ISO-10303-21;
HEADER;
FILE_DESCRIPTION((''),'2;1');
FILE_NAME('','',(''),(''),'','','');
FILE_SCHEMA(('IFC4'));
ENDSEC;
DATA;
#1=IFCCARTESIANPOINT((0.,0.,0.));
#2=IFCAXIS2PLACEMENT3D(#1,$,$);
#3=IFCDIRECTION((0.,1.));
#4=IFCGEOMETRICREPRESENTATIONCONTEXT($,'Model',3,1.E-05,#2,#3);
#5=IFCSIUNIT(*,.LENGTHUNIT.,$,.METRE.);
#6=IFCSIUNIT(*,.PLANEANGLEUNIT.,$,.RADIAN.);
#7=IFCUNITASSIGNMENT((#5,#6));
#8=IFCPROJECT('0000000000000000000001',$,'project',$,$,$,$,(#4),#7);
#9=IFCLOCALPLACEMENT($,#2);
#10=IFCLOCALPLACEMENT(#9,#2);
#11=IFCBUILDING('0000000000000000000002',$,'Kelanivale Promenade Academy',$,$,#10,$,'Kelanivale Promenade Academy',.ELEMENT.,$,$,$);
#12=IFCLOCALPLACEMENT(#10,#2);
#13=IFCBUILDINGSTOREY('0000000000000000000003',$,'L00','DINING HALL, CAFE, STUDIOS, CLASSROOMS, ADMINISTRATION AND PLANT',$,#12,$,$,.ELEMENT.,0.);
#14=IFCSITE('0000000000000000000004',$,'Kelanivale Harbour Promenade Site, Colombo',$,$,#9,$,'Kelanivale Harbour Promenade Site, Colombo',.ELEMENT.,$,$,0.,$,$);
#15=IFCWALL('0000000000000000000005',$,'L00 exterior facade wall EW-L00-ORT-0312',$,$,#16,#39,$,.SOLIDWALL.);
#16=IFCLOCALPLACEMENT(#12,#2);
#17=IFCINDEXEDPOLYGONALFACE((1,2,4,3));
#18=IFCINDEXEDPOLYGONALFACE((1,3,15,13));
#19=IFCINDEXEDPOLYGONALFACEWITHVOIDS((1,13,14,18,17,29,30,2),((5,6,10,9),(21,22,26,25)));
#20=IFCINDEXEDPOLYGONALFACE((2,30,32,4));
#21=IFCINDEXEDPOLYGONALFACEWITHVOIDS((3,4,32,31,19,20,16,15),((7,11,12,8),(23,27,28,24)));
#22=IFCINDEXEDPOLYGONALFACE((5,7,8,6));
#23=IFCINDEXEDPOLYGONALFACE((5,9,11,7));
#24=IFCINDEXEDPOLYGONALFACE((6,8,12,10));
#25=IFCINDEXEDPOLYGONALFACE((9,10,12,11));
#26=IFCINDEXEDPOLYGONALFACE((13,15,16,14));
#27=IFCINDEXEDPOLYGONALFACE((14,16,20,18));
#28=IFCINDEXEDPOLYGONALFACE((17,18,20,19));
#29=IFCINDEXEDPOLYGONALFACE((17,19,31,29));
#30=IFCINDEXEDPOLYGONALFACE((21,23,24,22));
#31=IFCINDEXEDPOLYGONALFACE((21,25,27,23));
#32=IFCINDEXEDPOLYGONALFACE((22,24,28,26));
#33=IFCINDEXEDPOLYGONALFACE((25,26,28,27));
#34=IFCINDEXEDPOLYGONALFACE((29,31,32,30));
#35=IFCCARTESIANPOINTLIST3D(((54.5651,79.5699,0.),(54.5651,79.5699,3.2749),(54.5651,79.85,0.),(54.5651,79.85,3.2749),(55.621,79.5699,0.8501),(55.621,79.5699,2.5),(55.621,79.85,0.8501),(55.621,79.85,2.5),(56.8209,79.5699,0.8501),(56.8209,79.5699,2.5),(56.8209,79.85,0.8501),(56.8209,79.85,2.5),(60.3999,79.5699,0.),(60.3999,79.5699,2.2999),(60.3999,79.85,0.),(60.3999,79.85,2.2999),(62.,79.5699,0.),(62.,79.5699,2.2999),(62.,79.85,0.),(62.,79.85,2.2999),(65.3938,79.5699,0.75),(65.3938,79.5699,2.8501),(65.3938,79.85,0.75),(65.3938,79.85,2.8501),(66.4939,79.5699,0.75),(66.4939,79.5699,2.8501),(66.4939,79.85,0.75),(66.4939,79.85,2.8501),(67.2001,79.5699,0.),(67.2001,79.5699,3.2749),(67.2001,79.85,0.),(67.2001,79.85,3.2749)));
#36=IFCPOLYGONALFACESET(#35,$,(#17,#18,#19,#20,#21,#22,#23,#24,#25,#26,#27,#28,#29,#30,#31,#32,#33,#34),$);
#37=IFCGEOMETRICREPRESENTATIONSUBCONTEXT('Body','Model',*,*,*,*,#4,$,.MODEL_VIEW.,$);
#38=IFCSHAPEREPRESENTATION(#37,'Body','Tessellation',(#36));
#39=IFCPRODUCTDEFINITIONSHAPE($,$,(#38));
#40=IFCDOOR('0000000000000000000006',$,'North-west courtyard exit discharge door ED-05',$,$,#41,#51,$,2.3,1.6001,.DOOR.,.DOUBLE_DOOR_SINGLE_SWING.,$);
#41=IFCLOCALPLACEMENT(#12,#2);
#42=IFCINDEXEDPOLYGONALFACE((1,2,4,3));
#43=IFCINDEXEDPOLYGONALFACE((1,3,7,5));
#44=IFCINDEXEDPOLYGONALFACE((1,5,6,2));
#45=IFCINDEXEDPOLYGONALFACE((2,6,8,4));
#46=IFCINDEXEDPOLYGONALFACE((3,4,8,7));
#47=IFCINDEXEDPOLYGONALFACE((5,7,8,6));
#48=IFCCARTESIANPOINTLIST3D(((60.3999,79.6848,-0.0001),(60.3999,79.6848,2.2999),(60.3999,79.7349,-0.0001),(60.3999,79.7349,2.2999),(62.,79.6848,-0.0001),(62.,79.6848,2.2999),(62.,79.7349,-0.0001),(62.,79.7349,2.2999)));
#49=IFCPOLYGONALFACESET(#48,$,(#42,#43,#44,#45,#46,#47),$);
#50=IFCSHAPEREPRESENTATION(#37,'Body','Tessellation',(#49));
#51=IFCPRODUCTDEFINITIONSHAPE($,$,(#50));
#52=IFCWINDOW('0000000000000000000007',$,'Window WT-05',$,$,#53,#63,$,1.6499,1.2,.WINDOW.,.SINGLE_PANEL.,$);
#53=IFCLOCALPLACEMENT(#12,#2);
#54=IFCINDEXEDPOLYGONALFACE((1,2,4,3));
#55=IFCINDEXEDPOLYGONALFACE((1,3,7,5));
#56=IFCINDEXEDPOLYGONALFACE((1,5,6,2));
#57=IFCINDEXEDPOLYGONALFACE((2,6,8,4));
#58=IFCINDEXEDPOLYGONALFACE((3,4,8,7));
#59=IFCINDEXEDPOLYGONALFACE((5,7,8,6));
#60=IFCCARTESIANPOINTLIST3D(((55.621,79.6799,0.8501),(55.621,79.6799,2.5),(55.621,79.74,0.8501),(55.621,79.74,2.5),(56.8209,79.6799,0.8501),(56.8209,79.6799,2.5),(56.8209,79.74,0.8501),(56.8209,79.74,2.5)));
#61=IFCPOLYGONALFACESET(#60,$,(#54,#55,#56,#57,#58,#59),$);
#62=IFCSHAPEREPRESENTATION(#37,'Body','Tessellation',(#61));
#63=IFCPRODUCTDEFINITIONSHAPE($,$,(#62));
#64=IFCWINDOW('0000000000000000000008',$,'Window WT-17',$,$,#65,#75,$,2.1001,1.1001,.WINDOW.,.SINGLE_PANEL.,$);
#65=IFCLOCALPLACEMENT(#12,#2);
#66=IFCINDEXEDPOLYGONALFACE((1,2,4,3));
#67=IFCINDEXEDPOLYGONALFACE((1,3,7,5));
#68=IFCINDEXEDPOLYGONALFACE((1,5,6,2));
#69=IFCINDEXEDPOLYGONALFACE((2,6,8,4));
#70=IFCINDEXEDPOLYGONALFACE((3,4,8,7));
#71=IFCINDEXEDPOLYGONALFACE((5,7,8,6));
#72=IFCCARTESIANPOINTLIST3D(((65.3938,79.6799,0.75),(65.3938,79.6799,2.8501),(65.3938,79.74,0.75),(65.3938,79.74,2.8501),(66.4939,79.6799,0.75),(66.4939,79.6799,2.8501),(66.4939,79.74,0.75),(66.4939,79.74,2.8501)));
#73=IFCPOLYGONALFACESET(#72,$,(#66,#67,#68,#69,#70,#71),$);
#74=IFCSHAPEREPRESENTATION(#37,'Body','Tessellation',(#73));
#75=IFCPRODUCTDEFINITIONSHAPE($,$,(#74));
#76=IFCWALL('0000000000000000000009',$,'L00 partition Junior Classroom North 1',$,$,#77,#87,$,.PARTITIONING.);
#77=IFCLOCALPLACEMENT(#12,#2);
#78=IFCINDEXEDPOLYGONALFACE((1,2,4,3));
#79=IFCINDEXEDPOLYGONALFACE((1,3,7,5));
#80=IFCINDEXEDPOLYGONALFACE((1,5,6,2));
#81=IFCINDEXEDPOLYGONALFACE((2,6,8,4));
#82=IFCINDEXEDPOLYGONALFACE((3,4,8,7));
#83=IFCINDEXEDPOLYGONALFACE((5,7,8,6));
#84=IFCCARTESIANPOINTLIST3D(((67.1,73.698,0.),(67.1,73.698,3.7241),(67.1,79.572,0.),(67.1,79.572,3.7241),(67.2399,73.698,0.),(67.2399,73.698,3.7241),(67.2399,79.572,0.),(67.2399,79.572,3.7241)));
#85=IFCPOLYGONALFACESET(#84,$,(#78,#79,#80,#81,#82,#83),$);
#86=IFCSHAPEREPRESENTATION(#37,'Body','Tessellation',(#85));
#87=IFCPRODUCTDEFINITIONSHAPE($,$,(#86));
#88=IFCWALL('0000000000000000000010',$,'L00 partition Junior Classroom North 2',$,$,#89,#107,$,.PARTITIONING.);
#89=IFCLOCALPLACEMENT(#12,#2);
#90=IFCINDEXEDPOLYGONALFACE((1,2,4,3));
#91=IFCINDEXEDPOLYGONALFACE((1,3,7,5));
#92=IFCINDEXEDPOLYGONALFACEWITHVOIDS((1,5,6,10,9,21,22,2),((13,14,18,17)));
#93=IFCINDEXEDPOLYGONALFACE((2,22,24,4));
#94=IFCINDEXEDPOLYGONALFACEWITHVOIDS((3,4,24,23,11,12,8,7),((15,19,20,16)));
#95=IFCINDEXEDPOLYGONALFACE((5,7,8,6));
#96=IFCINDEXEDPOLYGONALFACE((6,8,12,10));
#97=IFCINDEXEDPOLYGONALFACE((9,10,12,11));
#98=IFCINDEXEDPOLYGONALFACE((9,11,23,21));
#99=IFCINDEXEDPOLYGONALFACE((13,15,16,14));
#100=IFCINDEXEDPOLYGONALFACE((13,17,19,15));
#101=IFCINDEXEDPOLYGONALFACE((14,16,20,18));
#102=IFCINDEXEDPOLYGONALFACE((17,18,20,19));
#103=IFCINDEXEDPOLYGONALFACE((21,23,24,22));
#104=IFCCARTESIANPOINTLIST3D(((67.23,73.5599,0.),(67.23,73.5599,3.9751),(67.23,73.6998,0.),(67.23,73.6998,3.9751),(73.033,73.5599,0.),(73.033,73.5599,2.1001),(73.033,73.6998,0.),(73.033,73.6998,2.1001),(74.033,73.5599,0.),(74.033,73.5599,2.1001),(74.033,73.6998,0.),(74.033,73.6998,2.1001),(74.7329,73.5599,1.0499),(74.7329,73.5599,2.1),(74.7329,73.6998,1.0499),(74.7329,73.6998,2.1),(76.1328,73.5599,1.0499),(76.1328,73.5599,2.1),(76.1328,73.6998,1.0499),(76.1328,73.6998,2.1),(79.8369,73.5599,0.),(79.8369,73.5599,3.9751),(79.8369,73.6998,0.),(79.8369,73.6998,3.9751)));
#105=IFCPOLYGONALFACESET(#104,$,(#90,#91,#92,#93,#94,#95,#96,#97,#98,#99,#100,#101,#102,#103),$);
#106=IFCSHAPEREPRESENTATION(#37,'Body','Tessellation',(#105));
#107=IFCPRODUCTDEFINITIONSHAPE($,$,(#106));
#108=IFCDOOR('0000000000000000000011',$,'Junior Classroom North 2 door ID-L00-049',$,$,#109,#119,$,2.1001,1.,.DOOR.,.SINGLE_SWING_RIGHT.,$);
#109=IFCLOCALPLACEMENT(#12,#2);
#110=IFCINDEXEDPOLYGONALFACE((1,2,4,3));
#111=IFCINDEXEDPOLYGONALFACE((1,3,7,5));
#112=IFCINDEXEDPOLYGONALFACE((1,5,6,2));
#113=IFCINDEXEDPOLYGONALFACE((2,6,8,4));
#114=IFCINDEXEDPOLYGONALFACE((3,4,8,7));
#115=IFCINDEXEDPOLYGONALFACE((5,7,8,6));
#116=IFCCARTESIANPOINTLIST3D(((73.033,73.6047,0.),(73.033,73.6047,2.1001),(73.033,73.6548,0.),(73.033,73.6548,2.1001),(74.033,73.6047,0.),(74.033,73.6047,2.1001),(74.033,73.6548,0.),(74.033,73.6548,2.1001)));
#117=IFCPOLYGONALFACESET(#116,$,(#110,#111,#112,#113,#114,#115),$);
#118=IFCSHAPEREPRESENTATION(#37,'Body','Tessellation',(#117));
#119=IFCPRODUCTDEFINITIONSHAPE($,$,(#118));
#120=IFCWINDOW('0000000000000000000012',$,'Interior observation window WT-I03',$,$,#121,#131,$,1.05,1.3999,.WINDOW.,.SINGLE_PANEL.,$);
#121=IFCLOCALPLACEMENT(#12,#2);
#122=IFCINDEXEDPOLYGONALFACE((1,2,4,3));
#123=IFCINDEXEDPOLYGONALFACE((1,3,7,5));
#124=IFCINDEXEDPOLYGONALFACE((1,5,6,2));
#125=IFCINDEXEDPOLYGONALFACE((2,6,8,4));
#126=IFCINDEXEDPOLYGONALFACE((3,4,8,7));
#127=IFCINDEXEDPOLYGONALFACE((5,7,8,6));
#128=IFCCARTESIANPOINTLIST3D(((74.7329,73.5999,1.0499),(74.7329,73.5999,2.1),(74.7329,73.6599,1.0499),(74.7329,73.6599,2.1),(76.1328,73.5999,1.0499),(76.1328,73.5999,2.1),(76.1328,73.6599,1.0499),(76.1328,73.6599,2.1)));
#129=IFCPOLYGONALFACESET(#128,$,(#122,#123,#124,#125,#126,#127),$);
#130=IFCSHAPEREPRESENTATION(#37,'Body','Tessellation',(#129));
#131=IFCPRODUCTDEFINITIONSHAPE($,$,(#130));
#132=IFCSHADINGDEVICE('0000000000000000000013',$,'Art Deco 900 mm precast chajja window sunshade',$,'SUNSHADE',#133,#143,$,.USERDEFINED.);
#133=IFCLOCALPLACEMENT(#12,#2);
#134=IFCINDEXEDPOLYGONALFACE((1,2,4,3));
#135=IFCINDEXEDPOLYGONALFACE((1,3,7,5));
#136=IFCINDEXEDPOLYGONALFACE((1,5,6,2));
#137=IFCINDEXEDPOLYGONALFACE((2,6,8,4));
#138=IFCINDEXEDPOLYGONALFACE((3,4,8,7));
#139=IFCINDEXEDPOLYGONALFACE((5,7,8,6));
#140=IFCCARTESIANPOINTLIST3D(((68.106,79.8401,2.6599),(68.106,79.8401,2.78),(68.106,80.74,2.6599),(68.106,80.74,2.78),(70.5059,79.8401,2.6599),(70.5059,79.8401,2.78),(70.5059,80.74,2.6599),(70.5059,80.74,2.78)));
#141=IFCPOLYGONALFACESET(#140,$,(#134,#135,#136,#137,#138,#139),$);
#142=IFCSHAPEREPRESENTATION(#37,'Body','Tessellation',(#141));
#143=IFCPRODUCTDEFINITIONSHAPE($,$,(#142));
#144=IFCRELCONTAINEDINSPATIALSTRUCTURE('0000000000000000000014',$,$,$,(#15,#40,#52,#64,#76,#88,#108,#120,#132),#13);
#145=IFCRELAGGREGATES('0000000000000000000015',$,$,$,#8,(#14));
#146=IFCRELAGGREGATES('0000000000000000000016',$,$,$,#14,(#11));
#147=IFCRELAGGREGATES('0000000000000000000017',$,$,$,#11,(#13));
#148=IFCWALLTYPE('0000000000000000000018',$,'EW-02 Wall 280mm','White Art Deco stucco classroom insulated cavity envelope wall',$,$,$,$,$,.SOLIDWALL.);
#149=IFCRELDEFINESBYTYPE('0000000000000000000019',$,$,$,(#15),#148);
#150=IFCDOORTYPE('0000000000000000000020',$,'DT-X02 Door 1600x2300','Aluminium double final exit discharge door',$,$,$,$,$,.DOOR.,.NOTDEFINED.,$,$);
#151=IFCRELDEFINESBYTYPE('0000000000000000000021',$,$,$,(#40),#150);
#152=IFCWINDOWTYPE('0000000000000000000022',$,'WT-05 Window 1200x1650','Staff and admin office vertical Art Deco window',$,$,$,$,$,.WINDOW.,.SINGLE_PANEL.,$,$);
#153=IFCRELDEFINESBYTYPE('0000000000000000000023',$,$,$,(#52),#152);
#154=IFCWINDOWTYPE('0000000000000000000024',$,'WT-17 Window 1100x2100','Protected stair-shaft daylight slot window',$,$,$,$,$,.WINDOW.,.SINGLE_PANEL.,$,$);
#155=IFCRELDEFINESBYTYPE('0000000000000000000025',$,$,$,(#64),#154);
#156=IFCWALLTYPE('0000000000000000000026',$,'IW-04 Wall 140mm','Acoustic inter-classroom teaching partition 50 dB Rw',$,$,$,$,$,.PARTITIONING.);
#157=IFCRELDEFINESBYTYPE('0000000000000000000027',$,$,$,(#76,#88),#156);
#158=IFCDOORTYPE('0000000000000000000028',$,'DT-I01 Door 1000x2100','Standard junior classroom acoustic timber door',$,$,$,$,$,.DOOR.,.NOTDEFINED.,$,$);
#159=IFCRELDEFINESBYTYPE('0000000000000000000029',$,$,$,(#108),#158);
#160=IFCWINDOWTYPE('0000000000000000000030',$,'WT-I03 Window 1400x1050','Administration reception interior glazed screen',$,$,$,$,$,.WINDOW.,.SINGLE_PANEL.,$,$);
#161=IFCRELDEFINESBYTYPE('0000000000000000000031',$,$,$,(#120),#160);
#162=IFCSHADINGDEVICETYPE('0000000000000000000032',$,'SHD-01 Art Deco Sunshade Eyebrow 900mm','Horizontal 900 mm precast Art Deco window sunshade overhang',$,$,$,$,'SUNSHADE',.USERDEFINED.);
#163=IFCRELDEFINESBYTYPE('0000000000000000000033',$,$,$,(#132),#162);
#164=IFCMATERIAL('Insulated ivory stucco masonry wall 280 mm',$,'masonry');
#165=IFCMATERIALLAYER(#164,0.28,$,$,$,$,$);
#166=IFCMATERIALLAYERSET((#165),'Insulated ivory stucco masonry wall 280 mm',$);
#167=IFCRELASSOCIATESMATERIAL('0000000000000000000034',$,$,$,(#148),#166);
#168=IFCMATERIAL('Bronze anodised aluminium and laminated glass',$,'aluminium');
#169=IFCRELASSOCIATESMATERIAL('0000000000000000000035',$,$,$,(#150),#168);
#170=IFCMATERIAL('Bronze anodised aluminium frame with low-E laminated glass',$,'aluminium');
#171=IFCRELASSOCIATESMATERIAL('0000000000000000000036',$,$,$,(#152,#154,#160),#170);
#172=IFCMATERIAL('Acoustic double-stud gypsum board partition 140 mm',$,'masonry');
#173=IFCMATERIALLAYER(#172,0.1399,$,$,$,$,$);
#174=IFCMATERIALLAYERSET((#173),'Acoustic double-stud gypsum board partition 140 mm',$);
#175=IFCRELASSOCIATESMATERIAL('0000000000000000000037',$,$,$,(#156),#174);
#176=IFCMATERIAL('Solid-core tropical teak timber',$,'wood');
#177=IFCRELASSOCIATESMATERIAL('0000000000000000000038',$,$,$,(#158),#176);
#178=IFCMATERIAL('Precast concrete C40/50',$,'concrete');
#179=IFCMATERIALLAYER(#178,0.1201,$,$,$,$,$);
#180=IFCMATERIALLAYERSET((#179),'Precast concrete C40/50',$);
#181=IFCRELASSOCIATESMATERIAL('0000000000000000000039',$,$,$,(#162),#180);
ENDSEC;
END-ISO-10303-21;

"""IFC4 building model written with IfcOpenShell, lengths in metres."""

from ifc_helpers import new_model, si_unit, direction, frame, frame_2d, origin, origin_2d, place, context, subcontext, project, spatial, rectangle, extrude, material, layer, layer_set, type_object, element, fill, save


model = new_model("IFC4")

# Units and contexts
model_context = context("Model", 3, precision=1e-05, world=origin(), true_north=direction((0.0, 1.0)))
body_context = subcontext(model_context, "Body", "Model", "MODEL_VIEW")
ifc_project = project(units=[si_unit("LENGTHUNIT", "METRE"), si_unit("PLANEANGLEUNIT", "RADIAN")], contexts=[model_context])

# Site, building, storey
site_placement = place(None, origin())
site = spatial("IfcSite", under=ifc_project, at=site_placement, Name="Kelanivale Harbour Promenade Site, Colombo", LongName="Kelanivale Harbour Promenade Site, Colombo", CompositionType="ELEMENT", RefElevation=0.0)
building_placement = place(site_placement, origin())
building = spatial("IfcBuilding", under=site, at=building_placement, Name="Kelanivale Promenade Academy", LongName="Kelanivale Promenade Academy", CompositionType="ELEMENT")
storey_placement = place(building_placement, origin())
storey = spatial("IfcBuildingStorey", under=building, at=storey_placement, Name="L00", Description="DINING HALL, CAFE, STUDIOS, CLASSROOMS, ADMINISTRATION AND PLANT", CompositionType="ELEMENT", Elevation=0.0)

# Wall, openings, door, windows
ifc_material_1 = material(Name="Insulated ivory stucco masonry wall 280 mm", Category="masonry")
ifc_layer_1 = layer(ifc_material_1, 0.28)
ifc_layer_set_1 = layer_set([ifc_layer_1], Name="Insulated ivory stucco masonry wall 280 mm")
wall_type_1 = type_object("IfcWallType", Name="EW-02 Wall 280mm", Description="White Art Deco stucco classroom insulated cavity envelope wall", PredefinedType="SOLIDWALL", material=ifc_layer_set_1)
wall_1_placement = place(storey_placement, frame((67.2, 79.71, 0.0), z_axis=(0.0, 0.0, 1.0), x_axis=(-1.0, 0.0, 0.0)))
wall_1 = element("IfcWall", 1, at=wall_1_placement, inside=storey, type_object=wall_type_1, Name="L00 exterior facade wall EW-L00-ORT-0312", PredefinedType="SOLIDWALL", context=body_context, shape_type="SweptSolid", body=[
    extrude(rectangle(XDim=12.635, YDim=0.28, at=frame_2d((6.3174, 0.0))), origin(), (0.0, 0.0, 1.0), 3.2749),
])
opening_1_placement = place(wall_1_placement, frame((5.2, 0.0, 0.0)))
opening_1 = element("IfcOpeningElement", 2, at=opening_1_placement, cuts=wall_1, PredefinedType="OPENING", context=body_context, shape_type="SweptSolid", body=[
    extrude(rectangle(XDim=1.6001, YDim=2.3, at=frame_2d((0.8, 1.1499))), frame((0.0, 0.1499, 0.0), z_axis=(0.0, -1.0, 0.0), x_axis=(1.0, 0.0, 0.0)), (0.0, 0.0, 1.0), 0.3),
])
opening_2_placement = place(wall_1_placement, frame((0.7061, 0.0, 0.75)))
opening_2 = element("IfcOpeningElement", 3, at=opening_2_placement, cuts=wall_1, PredefinedType="OPENING", context=body_context, shape_type="SweptSolid", body=[
    extrude(rectangle(XDim=1.1001, YDim=2.1001, at=frame_2d((0.55, 1.05))), frame((0.0, 0.1499, 0.0), z_axis=(0.0, -1.0, 0.0), x_axis=(1.0, 0.0, 0.0)), (0.0, 0.0, 1.0), 0.3),
])
opening_3_placement = place(wall_1_placement, frame((10.3789, 0.0, 0.8501)))
opening_3 = element("IfcOpeningElement", 4, at=opening_3_placement, cuts=wall_1, PredefinedType="OPENING", context=body_context, shape_type="SweptSolid", body=[
    extrude(rectangle(XDim=1.2, YDim=1.6499, at=frame_2d((0.6001, 0.825))), frame((0.0, 0.1499, 0.0), z_axis=(0.0, -1.0, 0.0), x_axis=(1.0, 0.0, 0.0)), (0.0, 0.0, 1.0), 0.3),
])
ifc_material_2 = material(Name="Bronze anodised aluminium and laminated glass", Category="aluminium")
door_type_1 = type_object("IfcDoorType", Name="DT-X02 Door 1600x2300", Description="Aluminium double final exit discharge door", OperationType="NOTDEFINED", PredefinedType="DOOR", material=ifc_material_2)
door_1_placement = place(opening_1_placement, frame((1.6001, 0.0, 0.0), z_axis=(0.0, 0.0, 1.0), x_axis=(-1.0, 0.0, 0.0)))
door_1 = element("IfcDoor", 5, at=door_1_placement, inside=storey, type_object=door_type_1, Name="North-west courtyard exit discharge door ED-05", OperationType="DOUBLE_DOOR_SINGLE_SWING", OverallHeight=2.3, OverallWidth=1.6001, PredefinedType="DOOR", context=body_context, shape_type="SweptSolid", body=[
    extrude(rectangle(XDim=1.6001, YDim=2.3, at=frame_2d((0.8, 1.1499))), frame((0.0, 0.0249, 0.0), z_axis=(0.0, -1.0, 0.0), x_axis=(1.0, 0.0, 0.0)), (0.0, 0.0, 1.0), 0.05),
])
fill(opening_1, door_1)
ifc_material_3 = material(Name="Bronze anodised aluminium frame with low-E laminated glass", Category="aluminium")
window_type_1 = type_object("IfcWindowType", Name="WT-05 Window 1200x1650", Description="Staff and admin office vertical Art Deco window", PartitioningType="SINGLE_PANEL", PredefinedType="WINDOW", material=ifc_material_3)
window_1_placement = place(opening_3_placement, origin())
window_1 = element("IfcWindow", 6, at=window_1_placement, inside=storey, type_object=window_type_1, Name="Window WT-05", OverallHeight=1.6499, OverallWidth=1.2, PartitioningType="SINGLE_PANEL", PredefinedType="WINDOW", context=body_context, shape_type="SweptSolid", body=[
    extrude(rectangle(XDim=1.2, YDim=1.6499, at=frame_2d((0.6001, 0.825))), frame((0.0, 0.03, 0.0), z_axis=(0.0, -1.0, 0.0), x_axis=(1.0, 0.0, 0.0)), (0.0, 0.0, 1.0), 0.0601),
])
fill(opening_3, window_1)
window_type_2 = type_object("IfcWindowType", Name="WT-17 Window 1100x2100", Description="Protected stair-shaft daylight slot window", PartitioningType="SINGLE_PANEL", PredefinedType="WINDOW", material=ifc_material_3)
window_2_placement = place(opening_2_placement, origin())
window_2 = element("IfcWindow", 7, at=window_2_placement, inside=storey, type_object=window_type_2, Name="Window WT-17", OverallHeight=2.1001, OverallWidth=1.1001, PartitioningType="SINGLE_PANEL", PredefinedType="WINDOW", context=body_context, shape_type="SweptSolid", body=[
    extrude(rectangle(XDim=1.1001, YDim=2.1001, at=frame_2d((0.55, 1.05))), frame((0.0, 0.03, 0.0), z_axis=(0.0, -1.0, 0.0), x_axis=(1.0, 0.0, 0.0)), (0.0, 0.0, 1.0), 0.0601),
])
fill(opening_2, window_2)

# Wall
ifc_material_4 = material(Name="Acoustic double-stud gypsum board partition 140 mm", Category="masonry")
ifc_layer_2 = layer(ifc_material_4, 0.1399)
ifc_layer_set_2 = layer_set([ifc_layer_2], Name="Acoustic double-stud gypsum board partition 140 mm")
wall_type_2 = type_object("IfcWallType", Name="IW-04 Wall 140mm", Description="Acoustic inter-classroom teaching partition 50 dB Rw", PredefinedType="PARTITIONING", material=ifc_layer_set_2)
wall_2_placement = place(storey_placement, frame((67.1699, 73.698, 0.0), z_axis=(0.0, 0.0, 1.0), x_axis=(0.0, 1.0, 0.0)))
element("IfcWall", 8, at=wall_2_placement, inside=storey, type_object=wall_type_2, Name="L00 partition Junior Classroom North 1", PredefinedType="PARTITIONING", context=body_context, shape_type="SweptSolid", body=[
    extrude(rectangle(XDim=5.874, YDim=0.1399, at=frame_2d((2.937, 0.0))), origin(), (0.0, 0.0, 1.0), 3.7241),
])

# Wall, openings, door, window
wall_3_placement = place(storey_placement, frame((67.23, 73.6299, 0.0), z_axis=(0.0, 0.0, 1.0), x_axis=(1.0, 0.0, 0.0)))
wall_3 = element("IfcWall", 9, at=wall_3_placement, inside=storey, type_object=wall_type_2, Name="L00 partition Junior Classroom North 2", PredefinedType="PARTITIONING", context=body_context, shape_type="SweptSolid", body=[
    extrude(rectangle(XDim=12.6069, YDim=0.1399, at=frame_2d((6.3035, 0.0))), origin(), (0.0, 0.0, 1.0), 3.9751),
])
opening_4_placement = place(wall_3_placement, frame((5.803, 0.0, 0.0)))
opening_4 = element("IfcOpeningElement", 10, at=opening_4_placement, cuts=wall_3, PredefinedType="OPENING", context=body_context, shape_type="SweptSolid", body=[
    extrude(rectangle(XDim=1.0, YDim=2.1001, at=frame_2d((0.5, 1.05))), frame((0.0, 0.0801, 0.0), z_axis=(0.0, -1.0, 0.0), x_axis=(1.0, 0.0, 0.0)), (0.0, 0.0, 1.0), 0.1599),
])
opening_5_placement = place(wall_3_placement, frame((7.5029, 0.0, 1.05)))
opening_5 = element("IfcOpeningElement", 11, at=opening_5_placement, cuts=wall_3, PredefinedType="OPENING", context=body_context, shape_type="SweptSolid", body=[
    extrude(rectangle(XDim=1.3999, YDim=1.05, at=frame_2d((0.7, 0.5249))), frame((0.0, 0.0801, 0.0), z_axis=(0.0, -1.0, 0.0), x_axis=(1.0, 0.0, 0.0)), (0.0, 0.0, 1.0), 0.1599),
])
ifc_material_5 = material(Name="Solid-core tropical teak timber", Category="wood")
door_type_2 = type_object("IfcDoorType", Name="DT-I01 Door 1000x2100", Description="Standard junior classroom acoustic timber door", OperationType="NOTDEFINED", PredefinedType="DOOR", material=ifc_material_5)
door_2_placement = place(opening_4_placement, origin())
door_2 = element("IfcDoor", 12, at=door_2_placement, inside=storey, type_object=door_type_2, Name="Junior Classroom North 2 door ID-L00-049", OperationType="SINGLE_SWING_RIGHT", OverallHeight=2.1001, OverallWidth=1.0, PredefinedType="DOOR", context=body_context, shape_type="SweptSolid", body=[
    extrude(rectangle(XDim=1.0, YDim=2.1001, at=frame_2d((0.5, 1.05))), frame((0.0, 0.0249, 0.0), z_axis=(0.0, -1.0, 0.0), x_axis=(1.0, 0.0, 0.0)), (0.0, 0.0, 1.0), 0.05),
])
fill(opening_4, door_2)
window_type_3 = type_object("IfcWindowType", Name="WT-I03 Window 1400x1050", Description="Administration reception interior glazed screen", PartitioningType="SINGLE_PANEL", PredefinedType="WINDOW", material=ifc_material_3)
window_3_placement = place(opening_5_placement, origin())
window_3 = element("IfcWindow", 13, at=window_3_placement, inside=storey, type_object=window_type_3, Name="Interior observation window WT-I03", OverallHeight=1.05, OverallWidth=1.3999, PartitioningType="SINGLE_PANEL", PredefinedType="WINDOW", context=body_context, shape_type="SweptSolid", body=[
    extrude(rectangle(XDim=1.3999, YDim=1.05, at=frame_2d((0.7, 0.5249))), frame((0.0, 0.03, 0.0), z_axis=(0.0, -1.0, 0.0), x_axis=(1.0, 0.0, 0.0)), (0.0, 0.0, 1.0), 0.0601),
])
fill(opening_5, window_3)

# Shading device
ifc_material_6 = material(Name="Precast concrete C40/50", Category="concrete")
ifc_layer_3 = layer(ifc_material_6, 0.1201)
ifc_layer_set_3 = layer_set([ifc_layer_3], Name="Precast concrete C40/50")
shading_device_type = type_object("IfcShadingDeviceType", Name="SHD-01 Art Deco Sunshade Eyebrow 900mm", Description="Horizontal 900 mm precast Art Deco window sunshade overhang", ElementType="SUNSHADE", PredefinedType="USERDEFINED", material=ifc_layer_set_3)
shading_device_placement = place(storey_placement, frame((69.3059, 80.29, 2.6599), z_axis=(0.0, 0.0, 1.0), x_axis=(-1.0, 0.0, 0.0)))
element("IfcShadingDevice", 14, at=shading_device_placement, inside=storey, type_object=shading_device_type, Name="Art Deco 900 mm precast chajja window sunshade", ObjectType="SUNSHADE", PredefinedType="USERDEFINED", context=body_context, shape_type="SweptSolid", body=[
    extrude(rectangle(XDim=2.3999, YDim=0.8999, at=origin_2d()), origin(), (0.0, 0.0, 1.0), 0.1201),
])

save(model, "model.ifc")
